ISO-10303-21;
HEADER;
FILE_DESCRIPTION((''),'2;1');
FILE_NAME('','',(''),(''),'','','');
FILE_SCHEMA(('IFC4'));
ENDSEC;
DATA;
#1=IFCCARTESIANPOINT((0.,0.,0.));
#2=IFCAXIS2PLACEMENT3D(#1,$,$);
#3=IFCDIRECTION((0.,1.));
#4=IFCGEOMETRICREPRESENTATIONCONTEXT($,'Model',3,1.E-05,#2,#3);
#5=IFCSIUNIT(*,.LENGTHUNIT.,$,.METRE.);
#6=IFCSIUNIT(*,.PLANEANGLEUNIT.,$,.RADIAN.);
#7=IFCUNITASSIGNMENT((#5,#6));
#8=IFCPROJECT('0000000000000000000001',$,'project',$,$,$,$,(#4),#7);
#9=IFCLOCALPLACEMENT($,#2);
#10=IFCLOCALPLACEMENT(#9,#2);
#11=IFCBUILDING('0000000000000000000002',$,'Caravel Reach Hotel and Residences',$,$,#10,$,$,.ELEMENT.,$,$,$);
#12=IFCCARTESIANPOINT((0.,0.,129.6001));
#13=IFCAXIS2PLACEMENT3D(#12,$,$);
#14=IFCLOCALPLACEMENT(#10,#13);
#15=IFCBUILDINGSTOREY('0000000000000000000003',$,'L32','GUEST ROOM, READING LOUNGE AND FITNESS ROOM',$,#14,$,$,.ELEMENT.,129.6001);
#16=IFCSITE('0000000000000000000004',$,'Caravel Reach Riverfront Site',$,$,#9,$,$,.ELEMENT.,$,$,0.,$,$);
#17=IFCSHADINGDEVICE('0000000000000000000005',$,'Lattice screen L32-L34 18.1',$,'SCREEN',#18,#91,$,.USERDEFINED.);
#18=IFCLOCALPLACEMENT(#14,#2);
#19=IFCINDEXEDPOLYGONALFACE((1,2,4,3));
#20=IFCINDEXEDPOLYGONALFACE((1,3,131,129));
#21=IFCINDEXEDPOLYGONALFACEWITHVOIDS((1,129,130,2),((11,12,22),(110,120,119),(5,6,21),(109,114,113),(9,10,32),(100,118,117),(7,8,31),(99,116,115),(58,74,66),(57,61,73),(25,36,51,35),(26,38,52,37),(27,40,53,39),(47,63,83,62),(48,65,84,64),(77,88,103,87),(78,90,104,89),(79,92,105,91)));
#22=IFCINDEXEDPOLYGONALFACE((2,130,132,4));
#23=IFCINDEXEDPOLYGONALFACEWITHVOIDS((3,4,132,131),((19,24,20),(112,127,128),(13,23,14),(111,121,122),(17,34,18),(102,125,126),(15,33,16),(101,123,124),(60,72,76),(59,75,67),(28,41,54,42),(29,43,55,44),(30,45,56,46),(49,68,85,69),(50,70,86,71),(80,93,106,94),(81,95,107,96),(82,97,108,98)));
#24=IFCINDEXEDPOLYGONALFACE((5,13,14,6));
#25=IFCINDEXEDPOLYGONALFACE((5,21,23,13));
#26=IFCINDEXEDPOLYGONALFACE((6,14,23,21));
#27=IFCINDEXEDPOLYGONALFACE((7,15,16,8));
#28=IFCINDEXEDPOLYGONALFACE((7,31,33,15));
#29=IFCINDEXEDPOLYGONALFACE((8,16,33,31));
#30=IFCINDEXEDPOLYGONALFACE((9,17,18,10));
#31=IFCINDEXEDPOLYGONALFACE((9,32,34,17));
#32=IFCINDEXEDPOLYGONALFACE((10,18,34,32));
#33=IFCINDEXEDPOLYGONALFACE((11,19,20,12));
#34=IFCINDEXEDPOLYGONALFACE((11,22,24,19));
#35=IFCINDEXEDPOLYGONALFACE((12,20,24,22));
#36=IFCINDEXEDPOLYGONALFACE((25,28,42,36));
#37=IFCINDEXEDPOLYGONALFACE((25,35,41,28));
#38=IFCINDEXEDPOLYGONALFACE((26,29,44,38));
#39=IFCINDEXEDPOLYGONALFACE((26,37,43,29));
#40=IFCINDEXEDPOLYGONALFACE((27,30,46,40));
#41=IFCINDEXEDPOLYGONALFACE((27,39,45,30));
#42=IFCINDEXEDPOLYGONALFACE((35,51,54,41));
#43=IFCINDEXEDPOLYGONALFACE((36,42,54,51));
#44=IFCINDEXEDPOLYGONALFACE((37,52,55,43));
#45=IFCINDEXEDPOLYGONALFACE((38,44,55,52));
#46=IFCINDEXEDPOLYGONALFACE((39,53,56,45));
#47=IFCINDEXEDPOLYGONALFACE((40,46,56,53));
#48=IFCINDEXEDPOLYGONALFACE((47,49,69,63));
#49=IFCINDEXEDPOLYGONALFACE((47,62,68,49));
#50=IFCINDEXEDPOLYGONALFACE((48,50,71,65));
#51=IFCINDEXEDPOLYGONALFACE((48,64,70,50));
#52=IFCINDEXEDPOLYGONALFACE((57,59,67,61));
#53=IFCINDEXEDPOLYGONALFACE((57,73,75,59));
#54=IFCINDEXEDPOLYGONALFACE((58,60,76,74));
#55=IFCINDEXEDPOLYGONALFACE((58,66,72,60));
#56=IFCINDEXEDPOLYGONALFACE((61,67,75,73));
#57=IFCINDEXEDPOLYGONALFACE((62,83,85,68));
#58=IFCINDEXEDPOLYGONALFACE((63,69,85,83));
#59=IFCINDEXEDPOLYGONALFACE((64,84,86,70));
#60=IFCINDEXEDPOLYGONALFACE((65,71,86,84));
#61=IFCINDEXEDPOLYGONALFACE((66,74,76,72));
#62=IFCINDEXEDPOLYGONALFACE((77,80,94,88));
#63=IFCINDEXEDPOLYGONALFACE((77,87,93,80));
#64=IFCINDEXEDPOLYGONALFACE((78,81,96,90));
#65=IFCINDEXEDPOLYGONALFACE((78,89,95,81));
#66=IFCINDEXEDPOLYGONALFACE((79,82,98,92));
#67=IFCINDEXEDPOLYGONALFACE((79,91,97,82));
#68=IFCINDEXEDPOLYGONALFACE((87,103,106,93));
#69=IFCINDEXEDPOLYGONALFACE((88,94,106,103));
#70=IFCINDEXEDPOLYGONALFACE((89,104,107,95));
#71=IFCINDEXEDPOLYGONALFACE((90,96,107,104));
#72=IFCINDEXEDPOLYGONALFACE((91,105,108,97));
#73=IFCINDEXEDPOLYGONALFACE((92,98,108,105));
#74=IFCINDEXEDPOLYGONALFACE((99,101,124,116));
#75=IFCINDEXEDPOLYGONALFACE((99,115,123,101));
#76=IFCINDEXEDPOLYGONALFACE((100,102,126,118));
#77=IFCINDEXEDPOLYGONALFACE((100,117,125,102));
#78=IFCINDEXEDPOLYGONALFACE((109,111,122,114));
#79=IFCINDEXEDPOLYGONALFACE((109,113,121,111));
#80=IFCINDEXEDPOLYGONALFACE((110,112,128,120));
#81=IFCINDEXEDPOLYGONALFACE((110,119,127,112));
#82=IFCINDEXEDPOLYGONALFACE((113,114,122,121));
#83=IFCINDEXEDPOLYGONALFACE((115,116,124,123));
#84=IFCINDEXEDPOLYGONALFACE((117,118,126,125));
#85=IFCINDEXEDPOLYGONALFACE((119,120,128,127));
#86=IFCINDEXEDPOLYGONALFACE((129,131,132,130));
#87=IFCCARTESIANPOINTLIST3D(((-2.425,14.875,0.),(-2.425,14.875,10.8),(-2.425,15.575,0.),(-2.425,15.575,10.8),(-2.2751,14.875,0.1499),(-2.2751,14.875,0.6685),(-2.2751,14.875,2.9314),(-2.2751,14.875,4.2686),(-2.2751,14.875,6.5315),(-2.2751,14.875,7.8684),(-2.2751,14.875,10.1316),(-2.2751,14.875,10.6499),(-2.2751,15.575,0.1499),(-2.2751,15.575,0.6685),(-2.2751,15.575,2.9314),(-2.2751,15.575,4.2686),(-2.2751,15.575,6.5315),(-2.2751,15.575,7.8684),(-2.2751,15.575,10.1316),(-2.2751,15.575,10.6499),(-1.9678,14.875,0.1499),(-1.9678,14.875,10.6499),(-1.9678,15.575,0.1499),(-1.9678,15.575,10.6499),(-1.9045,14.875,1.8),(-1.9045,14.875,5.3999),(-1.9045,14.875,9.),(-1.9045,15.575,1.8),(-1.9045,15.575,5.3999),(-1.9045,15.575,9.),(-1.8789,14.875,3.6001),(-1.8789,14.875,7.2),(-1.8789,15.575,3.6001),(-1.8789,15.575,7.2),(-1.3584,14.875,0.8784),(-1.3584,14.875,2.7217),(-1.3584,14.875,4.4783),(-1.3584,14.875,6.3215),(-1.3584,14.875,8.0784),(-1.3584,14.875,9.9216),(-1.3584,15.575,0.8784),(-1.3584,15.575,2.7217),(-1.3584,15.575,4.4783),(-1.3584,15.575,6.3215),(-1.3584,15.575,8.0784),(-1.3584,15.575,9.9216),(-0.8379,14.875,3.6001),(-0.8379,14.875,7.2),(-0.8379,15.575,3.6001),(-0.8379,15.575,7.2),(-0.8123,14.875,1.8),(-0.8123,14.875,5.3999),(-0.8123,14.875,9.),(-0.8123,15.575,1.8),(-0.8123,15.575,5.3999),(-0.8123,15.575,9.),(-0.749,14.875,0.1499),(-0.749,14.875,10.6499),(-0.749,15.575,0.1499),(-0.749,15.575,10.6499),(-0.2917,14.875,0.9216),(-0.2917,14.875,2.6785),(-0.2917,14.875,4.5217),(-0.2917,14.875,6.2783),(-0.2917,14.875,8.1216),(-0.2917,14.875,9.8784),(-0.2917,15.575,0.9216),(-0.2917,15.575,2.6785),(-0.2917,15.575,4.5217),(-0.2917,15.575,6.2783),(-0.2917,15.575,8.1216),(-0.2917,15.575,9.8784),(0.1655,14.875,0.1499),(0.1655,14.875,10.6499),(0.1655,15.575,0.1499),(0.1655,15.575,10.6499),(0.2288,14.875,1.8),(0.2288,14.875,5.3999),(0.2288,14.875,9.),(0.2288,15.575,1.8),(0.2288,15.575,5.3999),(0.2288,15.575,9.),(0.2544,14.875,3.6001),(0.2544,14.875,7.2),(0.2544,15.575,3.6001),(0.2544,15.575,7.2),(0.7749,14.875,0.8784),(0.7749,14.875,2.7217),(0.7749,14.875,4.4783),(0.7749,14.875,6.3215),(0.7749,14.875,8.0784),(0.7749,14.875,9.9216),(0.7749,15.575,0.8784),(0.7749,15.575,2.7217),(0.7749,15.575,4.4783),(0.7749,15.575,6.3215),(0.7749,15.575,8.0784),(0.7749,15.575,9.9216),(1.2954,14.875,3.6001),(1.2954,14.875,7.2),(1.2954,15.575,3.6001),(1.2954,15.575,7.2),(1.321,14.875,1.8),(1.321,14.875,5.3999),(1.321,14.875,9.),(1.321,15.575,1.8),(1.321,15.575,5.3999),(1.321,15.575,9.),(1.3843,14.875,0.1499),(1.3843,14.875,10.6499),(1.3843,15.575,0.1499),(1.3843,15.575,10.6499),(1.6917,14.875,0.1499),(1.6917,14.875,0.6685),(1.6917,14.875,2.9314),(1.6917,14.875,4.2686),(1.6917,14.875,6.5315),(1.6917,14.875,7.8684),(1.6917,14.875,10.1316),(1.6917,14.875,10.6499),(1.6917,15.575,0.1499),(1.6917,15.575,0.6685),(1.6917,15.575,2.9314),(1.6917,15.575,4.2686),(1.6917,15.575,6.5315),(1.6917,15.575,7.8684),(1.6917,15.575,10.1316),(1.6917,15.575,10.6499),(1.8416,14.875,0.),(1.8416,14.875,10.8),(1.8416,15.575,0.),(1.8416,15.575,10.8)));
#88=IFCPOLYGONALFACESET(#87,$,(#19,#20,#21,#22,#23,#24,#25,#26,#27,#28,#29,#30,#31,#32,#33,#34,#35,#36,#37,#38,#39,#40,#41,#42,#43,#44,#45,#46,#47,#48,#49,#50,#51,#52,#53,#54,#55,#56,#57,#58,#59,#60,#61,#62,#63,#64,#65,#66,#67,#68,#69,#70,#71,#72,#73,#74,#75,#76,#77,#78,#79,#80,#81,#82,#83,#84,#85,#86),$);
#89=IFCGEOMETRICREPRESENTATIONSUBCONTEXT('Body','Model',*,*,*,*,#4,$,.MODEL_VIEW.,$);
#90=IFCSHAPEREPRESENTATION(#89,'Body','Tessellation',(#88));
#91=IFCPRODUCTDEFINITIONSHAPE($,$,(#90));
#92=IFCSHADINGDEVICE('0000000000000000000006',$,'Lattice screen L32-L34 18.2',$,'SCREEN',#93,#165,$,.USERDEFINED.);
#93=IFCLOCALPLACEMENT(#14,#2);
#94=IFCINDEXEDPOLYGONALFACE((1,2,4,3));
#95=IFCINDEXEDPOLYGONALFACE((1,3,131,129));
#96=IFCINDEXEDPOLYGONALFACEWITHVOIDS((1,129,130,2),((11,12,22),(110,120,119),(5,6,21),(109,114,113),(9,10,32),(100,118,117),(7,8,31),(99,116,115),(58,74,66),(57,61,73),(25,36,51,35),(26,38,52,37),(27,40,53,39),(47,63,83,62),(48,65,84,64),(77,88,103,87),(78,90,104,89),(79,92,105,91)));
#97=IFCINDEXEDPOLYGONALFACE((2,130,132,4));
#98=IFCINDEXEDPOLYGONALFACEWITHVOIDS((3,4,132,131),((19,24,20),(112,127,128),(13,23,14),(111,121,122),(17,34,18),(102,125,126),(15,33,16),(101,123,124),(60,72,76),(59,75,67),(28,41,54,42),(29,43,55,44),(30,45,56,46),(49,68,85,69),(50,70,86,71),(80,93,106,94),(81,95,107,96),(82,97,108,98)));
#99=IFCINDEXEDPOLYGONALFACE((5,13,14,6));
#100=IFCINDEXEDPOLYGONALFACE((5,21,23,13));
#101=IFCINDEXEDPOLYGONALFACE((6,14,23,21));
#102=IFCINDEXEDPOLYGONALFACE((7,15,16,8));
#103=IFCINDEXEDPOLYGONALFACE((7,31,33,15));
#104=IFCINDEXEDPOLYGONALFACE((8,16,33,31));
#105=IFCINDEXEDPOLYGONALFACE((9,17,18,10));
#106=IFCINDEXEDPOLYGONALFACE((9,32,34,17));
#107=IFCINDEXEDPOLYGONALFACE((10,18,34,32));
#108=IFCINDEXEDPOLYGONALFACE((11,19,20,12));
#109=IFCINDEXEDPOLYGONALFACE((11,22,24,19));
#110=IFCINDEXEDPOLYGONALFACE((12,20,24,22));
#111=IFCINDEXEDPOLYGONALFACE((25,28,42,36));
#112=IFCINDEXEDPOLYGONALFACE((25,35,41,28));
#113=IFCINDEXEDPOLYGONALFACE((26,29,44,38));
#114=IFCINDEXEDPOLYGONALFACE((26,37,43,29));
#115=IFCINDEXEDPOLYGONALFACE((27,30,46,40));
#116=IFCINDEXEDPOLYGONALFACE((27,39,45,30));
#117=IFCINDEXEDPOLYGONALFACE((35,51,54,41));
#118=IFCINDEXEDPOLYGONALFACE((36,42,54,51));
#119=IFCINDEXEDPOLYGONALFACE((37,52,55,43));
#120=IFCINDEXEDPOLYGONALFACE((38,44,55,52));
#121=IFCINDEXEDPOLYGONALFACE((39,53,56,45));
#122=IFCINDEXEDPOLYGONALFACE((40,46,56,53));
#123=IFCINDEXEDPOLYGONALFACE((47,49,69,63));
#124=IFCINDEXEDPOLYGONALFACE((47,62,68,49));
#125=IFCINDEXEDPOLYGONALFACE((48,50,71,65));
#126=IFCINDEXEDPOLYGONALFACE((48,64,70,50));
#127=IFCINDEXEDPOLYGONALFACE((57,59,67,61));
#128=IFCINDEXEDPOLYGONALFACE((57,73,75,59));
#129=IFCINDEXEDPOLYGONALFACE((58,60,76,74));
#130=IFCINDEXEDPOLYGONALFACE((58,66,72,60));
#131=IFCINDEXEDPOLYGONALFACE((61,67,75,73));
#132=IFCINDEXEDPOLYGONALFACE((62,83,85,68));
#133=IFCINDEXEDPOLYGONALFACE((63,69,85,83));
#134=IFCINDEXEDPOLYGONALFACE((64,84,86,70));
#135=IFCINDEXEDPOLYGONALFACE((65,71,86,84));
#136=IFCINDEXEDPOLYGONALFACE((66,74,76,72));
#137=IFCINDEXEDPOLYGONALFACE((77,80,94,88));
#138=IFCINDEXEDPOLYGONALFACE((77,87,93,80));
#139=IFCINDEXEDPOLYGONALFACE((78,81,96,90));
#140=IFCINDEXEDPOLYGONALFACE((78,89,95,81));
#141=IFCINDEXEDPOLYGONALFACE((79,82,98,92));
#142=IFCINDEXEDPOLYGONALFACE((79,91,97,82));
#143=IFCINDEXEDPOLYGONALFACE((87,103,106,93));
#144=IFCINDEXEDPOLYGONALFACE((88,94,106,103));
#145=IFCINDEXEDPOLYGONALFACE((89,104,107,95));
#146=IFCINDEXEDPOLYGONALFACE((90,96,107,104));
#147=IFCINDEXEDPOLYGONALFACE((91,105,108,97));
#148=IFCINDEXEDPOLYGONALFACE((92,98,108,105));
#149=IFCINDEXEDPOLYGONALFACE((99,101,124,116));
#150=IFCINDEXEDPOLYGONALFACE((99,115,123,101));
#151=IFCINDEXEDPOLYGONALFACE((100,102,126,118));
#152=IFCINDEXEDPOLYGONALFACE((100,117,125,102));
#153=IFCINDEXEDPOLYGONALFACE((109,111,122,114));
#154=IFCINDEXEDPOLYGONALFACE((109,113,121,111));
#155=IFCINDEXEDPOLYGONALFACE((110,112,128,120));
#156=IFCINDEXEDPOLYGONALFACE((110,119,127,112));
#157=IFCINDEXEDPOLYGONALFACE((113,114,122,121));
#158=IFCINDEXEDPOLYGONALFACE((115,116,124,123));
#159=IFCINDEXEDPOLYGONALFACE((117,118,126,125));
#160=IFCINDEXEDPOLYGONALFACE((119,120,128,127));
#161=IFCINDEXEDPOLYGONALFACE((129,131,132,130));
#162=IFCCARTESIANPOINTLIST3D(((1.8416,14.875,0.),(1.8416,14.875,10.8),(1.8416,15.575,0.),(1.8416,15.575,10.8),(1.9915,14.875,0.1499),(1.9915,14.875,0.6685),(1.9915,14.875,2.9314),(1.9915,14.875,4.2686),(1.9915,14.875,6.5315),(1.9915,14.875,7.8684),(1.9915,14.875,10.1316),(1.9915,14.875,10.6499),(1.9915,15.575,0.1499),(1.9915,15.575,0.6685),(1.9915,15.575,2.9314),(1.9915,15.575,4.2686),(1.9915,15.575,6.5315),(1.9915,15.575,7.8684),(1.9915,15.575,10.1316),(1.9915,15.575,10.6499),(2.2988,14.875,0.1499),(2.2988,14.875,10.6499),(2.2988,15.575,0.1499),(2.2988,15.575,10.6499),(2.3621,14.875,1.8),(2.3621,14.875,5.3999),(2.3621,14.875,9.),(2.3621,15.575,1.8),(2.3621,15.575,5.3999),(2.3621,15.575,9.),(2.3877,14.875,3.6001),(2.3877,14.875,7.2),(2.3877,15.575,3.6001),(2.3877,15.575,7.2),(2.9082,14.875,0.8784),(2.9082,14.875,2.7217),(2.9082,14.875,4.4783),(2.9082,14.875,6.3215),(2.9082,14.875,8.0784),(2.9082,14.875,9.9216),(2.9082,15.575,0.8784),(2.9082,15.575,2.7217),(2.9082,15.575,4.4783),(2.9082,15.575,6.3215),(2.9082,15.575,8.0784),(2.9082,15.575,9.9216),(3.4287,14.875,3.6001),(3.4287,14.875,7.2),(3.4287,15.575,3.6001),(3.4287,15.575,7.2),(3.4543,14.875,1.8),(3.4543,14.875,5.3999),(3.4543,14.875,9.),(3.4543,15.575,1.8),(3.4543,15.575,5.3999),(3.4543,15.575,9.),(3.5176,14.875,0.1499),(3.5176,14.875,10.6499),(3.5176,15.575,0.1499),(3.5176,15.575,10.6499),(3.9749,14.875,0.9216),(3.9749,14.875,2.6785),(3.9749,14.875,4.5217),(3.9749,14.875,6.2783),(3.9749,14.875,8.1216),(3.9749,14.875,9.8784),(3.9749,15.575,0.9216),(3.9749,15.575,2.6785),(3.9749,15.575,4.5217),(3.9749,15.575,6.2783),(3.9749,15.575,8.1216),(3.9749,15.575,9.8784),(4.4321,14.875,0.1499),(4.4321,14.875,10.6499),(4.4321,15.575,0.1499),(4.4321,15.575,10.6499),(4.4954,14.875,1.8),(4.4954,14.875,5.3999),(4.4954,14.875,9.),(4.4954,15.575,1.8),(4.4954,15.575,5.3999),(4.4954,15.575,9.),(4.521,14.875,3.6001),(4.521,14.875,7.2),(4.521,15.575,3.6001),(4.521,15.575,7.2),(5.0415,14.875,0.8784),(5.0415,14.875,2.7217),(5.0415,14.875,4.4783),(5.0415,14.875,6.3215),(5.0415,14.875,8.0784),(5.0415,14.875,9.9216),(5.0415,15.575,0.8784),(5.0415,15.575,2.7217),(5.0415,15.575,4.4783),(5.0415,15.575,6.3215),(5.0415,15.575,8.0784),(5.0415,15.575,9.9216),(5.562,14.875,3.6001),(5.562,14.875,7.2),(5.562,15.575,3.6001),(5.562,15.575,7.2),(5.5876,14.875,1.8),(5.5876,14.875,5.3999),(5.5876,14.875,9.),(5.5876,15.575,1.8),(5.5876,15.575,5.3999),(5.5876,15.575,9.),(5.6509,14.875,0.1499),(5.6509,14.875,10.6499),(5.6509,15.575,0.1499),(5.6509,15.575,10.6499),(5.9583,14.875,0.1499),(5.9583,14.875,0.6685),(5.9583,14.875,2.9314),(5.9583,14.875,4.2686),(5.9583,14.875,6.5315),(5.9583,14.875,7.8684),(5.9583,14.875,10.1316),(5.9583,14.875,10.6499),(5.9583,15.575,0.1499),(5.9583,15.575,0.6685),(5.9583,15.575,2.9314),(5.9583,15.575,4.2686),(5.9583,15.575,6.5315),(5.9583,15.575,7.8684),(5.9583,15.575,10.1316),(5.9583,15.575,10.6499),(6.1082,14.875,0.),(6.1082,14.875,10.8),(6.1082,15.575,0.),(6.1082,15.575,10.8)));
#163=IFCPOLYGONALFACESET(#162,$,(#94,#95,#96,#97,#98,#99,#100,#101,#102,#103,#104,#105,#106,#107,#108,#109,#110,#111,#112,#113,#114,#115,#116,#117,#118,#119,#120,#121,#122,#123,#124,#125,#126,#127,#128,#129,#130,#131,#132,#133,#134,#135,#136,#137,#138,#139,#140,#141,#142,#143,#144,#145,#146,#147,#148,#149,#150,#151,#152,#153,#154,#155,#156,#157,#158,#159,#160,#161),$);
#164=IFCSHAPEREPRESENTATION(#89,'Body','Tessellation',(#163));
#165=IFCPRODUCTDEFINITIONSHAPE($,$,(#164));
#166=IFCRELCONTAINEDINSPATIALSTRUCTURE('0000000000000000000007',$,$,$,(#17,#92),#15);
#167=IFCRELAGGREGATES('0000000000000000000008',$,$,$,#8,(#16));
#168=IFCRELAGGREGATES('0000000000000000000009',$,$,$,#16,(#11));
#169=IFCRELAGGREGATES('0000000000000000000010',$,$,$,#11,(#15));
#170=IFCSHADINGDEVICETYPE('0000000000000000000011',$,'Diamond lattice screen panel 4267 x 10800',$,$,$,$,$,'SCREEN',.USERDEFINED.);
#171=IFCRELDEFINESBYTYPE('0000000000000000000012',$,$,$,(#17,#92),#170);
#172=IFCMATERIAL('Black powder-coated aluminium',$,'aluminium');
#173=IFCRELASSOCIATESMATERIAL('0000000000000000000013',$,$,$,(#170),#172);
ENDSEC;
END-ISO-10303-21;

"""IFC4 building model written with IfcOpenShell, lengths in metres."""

from ifc_helpers import new_model, si_unit, direction, frame, origin, place, context, subcontext, project, spatial, polyline, outline, extrude, material, type_object, element, save


model = new_model("IFC4")

# Units and contexts
model_context = context("Model", 3, precision=1e-05, world=origin(), true_north=direction((0.0, 1.0)))
body_context = subcontext(model_context, "Body", "Model", "MODEL_VIEW")
ifc_project = project(units=[si_unit("LENGTHUNIT", "METRE"), si_unit("PLANEANGLEUNIT", "RADIAN")], contexts=[model_context])

# Site, building, storey
site_placement = place(None, origin())
site = spatial("IfcSite", under=ifc_project, at=site_placement, Name="Caravel Reach Riverfront Site", CompositionType="ELEMENT", RefElevation=0.0)
building_placement = place(site_placement, origin())
building = spatial("IfcBuilding", under=site, at=building_placement, Name="Caravel Reach Hotel and Residences", CompositionType="ELEMENT")
storey_placement = place(building_placement, frame((0.0, 0.0, 129.6001)))
storey = spatial("IfcBuildingStorey", under=building, at=storey_placement, Name="L32", Description="GUEST ROOM, READING LOUNGE AND FITNESS ROOM", CompositionType="ELEMENT", Elevation=129.6001)

# Shading devices
ifc_material_1 = material(Name="Black powder-coated aluminium", Category="aluminium")
shading_device_type_1 = type_object("IfcShadingDeviceType", Name="Diamond lattice screen panel 4267 x 10800", ElementType="SCREEN", PredefinedType="USERDEFINED", material=ifc_material_1)
shading_device_1_placement = place(storey_placement, frame((-2.425, 15.575, 0.0), z_axis=(0.0, -1.0, 0.0), x_axis=(1.0, 0.0, 0.0)))
element("IfcShadingDevice", 1, at=shading_device_1_placement, inside=storey, type_object=shading_device_type_1, Name="Lattice screen L32-L34 18.1", ObjectType="SCREEN", PredefinedType="USERDEFINED", context=body_context, shape_type="SweptSolid", body=[
    extrude(outline(polyline([(0.0, 0.0), (4.2666, 0.0), (4.2666, 10.8), (0.0, 10.8), (0.0, 0.0)]), holes=[polyline([(0.4573, 0.1499), (0.1499, 0.6685), (0.1499, 0.1499), (0.4573, 0.1499)]), polyline([(0.5461, 3.6001), (0.1499, 4.2686), (0.1499, 2.9314), (0.5461, 3.6001)]), polyline([(0.5461, 7.2), (0.1499, 7.8684), (0.1499, 6.5315), (0.5461, 7.2)]), polyline([(0.1499, 10.1316), (0.4573, 10.6499), (0.1499, 10.6499), (0.1499, 10.1316)]), polyline([(1.0667, 2.7217), (0.5205, 1.8), (1.0667, 0.8784), (1.6128, 1.8), (1.0667, 2.7217)]), polyline([(1.0667, 6.3215), (0.5205, 5.3999), (1.0667, 4.4783), (1.6128, 5.3999), (1.0667, 6.3215)]), polyline([(1.0667, 9.9216), (0.5205, 9.0), (1.0667, 8.0784), (1.6128, 9.0), (1.0667, 9.9216)]), polyline([(2.1333, 0.9216), (1.676, 0.1499), (2.5906, 0.1499), (2.1333, 0.9216)]), polyline([(2.1333, 4.5217), (1.5872, 3.6001), (2.1333, 2.6785), (2.6794, 3.6001), (2.1333, 4.5217)]), polyline([(2.1333, 8.1216), (1.5872, 7.2), (2.1333, 6.2783), (2.6794, 7.2), (2.1333, 8.1216)]), polyline([(2.1333, 9.8784), (2.5906, 10.6499), (1.676, 10.6499), (2.1333, 9.8784)]), polyline([(3.2, 2.7217), (2.6538, 1.8), (3.2, 0.8784), (3.7461, 1.8), (3.2, 2.7217)]), polyline([(3.2, 6.3215), (2.6538, 5.3999), (3.2, 4.4783), (3.7461, 5.3999), (3.2, 6.3215)]), polyline([(3.2, 9.9216), (2.6538, 9.0), (3.2, 8.0784), (3.7461, 9.0), (3.2, 9.9216)]), polyline([(4.1167, 0.6685), (3.8093, 0.1499), (4.1167, 0.1499), (4.1167, 0.6685)]), polyline([(3.7205, 3.6001), (4.1167, 2.9314), (4.1167, 4.2686), (3.7205, 3.6001)]), polyline([(3.7205, 7.2), (4.1167, 6.5315), (4.1167, 7.8684), (3.7205, 7.2)]), polyline([(3.8093, 10.6499), (4.1167, 10.1316), (4.1167, 10.6499), (3.8093, 10.6499)])]), origin(), (0.0, 0.0, 1.0), 0.7),
])
shading_device_2_placement = place(storey_placement, frame((1.8416, 15.575, 0.0), z_axis=(0.0, -1.0, 0.0), x_axis=(1.0, 0.0, 0.0)))
element("IfcShadingDevice", 2, at=shading_device_2_placement, inside=storey, type_object=shading_device_type_1, Name="Lattice screen L32-L34 18.2", ObjectType="SCREEN", PredefinedType="USERDEFINED", context=body_context, shape_type="SweptSolid", body=[
    extrude(outline(polyline([(0.0, 0.0), (4.2666, 0.0), (4.2666, 10.8), (0.0, 10.8), (0.0, 0.0)]), holes=[polyline([(0.4573, 0.1499), (0.1499, 0.6685), (0.1499, 0.1499), (0.4573, 0.1499)]), polyline([(0.5461, 3.6001), (0.1499, 4.2686), (0.1499, 2.9314), (0.5461, 3.6001)]), polyline([(0.5461, 7.2), (0.1499, 7.8684), (0.1499, 6.5315), (0.5461, 7.2)]), polyline([(0.1499, 10.1316), (0.4573, 10.6499), (0.1499, 10.6499), (0.1499, 10.1316)]), polyline([(1.0667, 2.7217), (0.5205, 1.8), (1.0667, 0.8784), (1.6128, 1.8), (1.0667, 2.7217)]), polyline([(1.0667, 6.3215), (0.5205, 5.3999), (1.0667, 4.4783), (1.6128, 5.3999), (1.0667, 6.3215)]), polyline([(1.0667, 9.9216), (0.5205, 9.0), (1.0667, 8.0784), (1.6128, 9.0), (1.0667, 9.9216)]), polyline([(2.1333, 0.9216), (1.676, 0.1499), (2.5906, 0.1499), (2.1333, 0.9216)]), polyline([(2.1333, 4.5217), (1.5872, 3.6001), (2.1333, 2.6785), (2.6794, 3.6001), (2.1333, 4.5217)]), polyline([(2.1333, 8.1216), (1.5872, 7.2), (2.1333, 6.2783), (2.6794, 7.2), (2.1333, 8.1216)]), polyline([(2.1333, 9.8784), (2.5906, 10.6499), (1.676, 10.6499), (2.1333, 9.8784)]), polyline([(3.2, 2.7217), (2.6538, 1.8), (3.2, 0.8784), (3.7461, 1.8), (3.2, 2.7217)]), polyline([(3.2, 6.3215), (2.6538, 5.3999), (3.2, 4.4783), (3.7461, 5.3999), (3.2, 6.3215)]), polyline([(3.2, 9.9216), (2.6538, 9.0), (3.2, 8.0784), (3.7461, 9.0), (3.2, 9.9216)]), polyline([(4.1167, 0.6685), (3.8093, 0.1499), (4.1167, 0.1499), (4.1167, 0.6685)]), polyline([(3.7205, 3.6001), (4.1167, 2.9314), (4.1167, 4.2686), (3.7205, 3.6001)]), polyline([(3.7205, 7.2), (4.1167, 6.5315), (4.1167, 7.8684), (3.7205, 7.2)]), polyline([(3.8093, 10.6499), (4.1167, 10.1316), (4.1167, 10.6499), (3.8093, 10.6499)])]), origin(), (0.0, 0.0, 1.0), 0.7),
])

save(model, "model.ifc")
